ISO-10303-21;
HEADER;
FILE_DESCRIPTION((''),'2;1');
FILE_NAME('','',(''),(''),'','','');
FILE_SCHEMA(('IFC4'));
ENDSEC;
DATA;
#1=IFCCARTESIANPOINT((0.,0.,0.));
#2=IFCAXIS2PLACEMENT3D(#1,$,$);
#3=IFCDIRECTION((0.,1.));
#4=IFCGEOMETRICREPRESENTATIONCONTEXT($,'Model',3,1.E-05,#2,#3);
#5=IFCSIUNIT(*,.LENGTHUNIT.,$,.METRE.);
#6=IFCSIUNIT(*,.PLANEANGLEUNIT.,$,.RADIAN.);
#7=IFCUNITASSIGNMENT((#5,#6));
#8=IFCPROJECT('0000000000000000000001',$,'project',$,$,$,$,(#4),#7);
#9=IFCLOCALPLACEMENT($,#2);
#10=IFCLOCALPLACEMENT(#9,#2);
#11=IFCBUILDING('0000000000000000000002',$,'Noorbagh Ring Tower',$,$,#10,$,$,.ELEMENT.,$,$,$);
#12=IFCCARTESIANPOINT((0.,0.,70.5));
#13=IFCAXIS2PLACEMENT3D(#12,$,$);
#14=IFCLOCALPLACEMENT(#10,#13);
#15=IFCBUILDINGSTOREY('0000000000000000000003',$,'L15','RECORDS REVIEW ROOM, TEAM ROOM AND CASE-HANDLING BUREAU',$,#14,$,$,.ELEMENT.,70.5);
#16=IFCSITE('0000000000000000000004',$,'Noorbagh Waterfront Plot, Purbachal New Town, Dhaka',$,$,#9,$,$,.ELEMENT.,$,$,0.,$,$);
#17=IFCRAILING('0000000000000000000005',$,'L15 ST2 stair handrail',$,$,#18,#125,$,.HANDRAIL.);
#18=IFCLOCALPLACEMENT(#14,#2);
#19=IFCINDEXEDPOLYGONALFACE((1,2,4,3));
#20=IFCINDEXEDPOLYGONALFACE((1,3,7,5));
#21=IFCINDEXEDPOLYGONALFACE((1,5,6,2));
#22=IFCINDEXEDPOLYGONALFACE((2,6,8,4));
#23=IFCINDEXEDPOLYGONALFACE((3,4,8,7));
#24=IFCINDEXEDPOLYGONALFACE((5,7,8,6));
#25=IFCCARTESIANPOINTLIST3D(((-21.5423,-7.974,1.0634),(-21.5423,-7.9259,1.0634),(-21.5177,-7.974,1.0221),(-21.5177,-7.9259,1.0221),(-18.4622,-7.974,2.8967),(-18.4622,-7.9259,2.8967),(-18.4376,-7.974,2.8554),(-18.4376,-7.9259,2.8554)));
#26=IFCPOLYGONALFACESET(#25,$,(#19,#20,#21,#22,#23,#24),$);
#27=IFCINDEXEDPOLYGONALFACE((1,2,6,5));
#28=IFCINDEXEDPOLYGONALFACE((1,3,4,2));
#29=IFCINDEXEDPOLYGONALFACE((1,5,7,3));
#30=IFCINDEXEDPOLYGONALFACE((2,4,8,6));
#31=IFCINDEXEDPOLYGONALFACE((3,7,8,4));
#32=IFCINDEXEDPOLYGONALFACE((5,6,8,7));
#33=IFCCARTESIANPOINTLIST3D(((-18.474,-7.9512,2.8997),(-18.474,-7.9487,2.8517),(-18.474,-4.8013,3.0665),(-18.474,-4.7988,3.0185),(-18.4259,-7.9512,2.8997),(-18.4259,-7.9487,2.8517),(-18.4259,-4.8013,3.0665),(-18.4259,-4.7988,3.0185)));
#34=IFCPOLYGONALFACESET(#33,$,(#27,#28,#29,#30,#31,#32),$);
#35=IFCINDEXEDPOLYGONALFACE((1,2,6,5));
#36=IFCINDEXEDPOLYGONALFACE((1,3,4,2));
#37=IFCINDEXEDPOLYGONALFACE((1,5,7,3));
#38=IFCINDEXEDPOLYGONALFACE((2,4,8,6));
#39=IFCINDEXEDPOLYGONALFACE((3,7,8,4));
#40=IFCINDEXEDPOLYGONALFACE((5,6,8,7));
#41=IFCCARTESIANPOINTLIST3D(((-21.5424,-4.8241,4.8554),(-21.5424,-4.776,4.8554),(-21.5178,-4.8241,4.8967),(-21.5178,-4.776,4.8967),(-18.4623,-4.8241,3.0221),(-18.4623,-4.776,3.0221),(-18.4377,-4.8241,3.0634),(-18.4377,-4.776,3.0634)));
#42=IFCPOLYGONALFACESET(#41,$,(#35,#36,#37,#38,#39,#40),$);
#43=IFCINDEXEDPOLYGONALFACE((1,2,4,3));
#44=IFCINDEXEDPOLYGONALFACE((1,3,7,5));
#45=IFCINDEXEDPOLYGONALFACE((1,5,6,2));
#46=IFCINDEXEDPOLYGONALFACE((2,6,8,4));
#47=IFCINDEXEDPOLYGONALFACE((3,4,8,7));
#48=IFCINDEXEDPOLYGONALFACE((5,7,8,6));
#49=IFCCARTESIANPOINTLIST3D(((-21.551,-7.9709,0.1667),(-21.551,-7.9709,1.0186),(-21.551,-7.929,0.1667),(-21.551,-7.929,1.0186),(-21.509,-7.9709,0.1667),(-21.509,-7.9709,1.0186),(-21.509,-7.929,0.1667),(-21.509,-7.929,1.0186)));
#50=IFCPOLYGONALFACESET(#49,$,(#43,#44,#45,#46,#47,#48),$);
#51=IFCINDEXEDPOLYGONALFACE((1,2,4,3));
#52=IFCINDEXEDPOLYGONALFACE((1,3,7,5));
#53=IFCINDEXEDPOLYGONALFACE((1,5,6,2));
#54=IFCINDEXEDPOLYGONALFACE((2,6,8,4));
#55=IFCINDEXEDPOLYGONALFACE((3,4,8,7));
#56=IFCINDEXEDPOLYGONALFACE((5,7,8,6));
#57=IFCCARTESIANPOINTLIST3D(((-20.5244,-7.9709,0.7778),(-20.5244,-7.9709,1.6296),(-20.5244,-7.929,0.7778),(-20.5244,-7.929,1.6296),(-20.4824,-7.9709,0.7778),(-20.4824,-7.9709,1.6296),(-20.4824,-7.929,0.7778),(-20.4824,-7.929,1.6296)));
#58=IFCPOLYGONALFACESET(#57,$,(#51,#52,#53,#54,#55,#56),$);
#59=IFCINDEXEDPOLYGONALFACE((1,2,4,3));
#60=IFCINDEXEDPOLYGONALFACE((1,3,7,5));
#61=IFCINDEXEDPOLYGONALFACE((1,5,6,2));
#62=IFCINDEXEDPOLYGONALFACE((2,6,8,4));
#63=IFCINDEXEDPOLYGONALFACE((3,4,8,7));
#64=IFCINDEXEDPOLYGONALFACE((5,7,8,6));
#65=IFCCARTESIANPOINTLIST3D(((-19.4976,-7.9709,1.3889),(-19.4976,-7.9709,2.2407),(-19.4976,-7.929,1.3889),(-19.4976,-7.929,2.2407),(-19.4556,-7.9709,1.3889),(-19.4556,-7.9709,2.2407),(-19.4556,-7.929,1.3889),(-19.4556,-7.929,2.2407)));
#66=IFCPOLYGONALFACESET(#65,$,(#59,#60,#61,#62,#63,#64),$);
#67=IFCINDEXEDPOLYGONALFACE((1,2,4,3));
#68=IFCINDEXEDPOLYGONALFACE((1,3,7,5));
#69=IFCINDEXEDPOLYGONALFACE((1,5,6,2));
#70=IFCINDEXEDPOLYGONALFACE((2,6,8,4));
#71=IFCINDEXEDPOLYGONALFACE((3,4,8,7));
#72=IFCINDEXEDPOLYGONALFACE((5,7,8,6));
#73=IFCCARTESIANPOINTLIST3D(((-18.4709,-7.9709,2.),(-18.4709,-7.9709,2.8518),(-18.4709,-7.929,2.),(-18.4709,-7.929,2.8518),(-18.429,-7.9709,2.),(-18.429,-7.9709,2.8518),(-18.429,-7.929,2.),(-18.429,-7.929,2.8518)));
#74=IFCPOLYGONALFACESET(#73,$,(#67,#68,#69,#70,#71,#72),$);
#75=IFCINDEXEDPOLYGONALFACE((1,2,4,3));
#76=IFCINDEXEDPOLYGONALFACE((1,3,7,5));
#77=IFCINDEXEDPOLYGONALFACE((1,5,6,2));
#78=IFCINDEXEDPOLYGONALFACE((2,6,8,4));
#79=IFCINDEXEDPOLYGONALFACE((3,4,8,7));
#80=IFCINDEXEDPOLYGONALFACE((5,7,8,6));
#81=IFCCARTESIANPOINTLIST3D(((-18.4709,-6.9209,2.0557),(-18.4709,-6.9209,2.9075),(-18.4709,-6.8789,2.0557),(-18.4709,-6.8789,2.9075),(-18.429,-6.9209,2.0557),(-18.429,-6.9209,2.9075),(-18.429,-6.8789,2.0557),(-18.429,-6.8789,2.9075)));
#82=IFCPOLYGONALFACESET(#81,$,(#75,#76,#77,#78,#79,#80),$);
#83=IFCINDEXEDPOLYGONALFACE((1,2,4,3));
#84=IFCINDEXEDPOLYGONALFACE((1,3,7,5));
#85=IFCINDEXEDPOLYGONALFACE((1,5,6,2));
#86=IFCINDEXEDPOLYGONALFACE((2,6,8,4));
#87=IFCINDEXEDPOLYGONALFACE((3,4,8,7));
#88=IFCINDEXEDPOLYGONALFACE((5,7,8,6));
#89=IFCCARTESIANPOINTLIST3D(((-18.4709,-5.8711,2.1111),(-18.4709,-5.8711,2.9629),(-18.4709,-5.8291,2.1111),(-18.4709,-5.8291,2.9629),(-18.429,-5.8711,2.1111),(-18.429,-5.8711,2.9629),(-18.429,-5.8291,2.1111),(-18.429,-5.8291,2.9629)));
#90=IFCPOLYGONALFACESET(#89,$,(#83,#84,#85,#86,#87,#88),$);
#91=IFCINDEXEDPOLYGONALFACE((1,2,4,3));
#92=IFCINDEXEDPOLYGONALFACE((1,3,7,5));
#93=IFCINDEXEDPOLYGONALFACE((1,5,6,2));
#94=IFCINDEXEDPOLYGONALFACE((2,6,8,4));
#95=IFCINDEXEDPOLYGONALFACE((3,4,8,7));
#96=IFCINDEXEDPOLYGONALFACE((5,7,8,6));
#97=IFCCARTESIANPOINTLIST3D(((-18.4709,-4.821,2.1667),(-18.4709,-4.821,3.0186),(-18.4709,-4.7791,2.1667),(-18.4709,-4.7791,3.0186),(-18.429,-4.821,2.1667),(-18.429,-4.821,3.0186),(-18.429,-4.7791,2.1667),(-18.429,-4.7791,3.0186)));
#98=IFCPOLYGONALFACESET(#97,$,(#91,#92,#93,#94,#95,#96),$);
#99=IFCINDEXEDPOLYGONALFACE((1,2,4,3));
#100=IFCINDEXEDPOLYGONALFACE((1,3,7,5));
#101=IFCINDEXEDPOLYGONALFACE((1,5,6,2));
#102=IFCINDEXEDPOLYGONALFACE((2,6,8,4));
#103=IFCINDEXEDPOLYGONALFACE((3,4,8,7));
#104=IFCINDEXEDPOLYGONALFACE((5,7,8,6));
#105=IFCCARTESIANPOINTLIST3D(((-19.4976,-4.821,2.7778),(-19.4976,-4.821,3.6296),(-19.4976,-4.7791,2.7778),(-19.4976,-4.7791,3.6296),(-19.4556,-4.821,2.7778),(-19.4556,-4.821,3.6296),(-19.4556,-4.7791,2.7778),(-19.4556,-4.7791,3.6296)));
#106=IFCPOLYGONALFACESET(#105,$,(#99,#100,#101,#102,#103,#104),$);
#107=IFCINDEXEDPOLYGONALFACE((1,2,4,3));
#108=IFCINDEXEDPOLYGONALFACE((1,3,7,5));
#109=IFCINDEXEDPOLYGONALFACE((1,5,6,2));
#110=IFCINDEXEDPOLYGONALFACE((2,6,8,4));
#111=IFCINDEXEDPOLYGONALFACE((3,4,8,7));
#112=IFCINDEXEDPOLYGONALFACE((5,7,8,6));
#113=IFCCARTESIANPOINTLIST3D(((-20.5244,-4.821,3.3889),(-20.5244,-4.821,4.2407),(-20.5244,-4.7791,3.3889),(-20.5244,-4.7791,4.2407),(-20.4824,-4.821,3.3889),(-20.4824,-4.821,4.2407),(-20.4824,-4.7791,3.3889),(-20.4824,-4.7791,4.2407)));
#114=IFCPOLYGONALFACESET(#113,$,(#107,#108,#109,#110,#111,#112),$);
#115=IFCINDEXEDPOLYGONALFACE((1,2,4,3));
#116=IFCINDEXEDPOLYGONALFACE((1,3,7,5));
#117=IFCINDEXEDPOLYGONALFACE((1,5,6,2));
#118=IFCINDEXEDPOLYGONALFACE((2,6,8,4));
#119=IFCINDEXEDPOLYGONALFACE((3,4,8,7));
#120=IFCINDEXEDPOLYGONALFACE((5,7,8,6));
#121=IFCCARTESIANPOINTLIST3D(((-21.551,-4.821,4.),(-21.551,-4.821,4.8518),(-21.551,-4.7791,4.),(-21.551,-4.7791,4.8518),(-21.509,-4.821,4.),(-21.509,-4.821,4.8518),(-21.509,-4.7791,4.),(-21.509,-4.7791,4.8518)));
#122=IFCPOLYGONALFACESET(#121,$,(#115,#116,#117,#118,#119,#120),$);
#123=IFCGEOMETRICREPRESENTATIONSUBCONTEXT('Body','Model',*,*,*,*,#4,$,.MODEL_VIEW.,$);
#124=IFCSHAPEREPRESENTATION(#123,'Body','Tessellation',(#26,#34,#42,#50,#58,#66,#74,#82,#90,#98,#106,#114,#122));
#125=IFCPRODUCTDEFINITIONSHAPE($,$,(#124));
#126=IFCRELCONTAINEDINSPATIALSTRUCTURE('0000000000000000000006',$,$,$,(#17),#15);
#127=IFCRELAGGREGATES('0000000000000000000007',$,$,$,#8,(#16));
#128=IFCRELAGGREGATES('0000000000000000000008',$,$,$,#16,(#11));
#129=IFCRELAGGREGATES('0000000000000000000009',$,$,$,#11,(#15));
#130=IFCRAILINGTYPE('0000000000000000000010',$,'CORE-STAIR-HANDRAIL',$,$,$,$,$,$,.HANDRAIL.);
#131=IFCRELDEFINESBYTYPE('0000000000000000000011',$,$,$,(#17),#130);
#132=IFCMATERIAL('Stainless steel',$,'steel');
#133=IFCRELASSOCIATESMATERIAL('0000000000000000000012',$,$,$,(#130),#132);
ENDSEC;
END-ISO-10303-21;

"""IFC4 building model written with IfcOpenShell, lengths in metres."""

from ifc_helpers import new_model, si_unit, direction, frame, origin, origin_2d, place, context, subcontext, project, spatial, rectangle, extrude, material, type_object, element, save


model = new_model("IFC4")

# Units and contexts
model_context = context("Model", 3, precision=1e-05, world=origin(), true_north=direction((0.0, 1.0)))
body_context = subcontext(model_context, "Body", "Model", "MODEL_VIEW")
ifc_project = project(units=[si_unit("LENGTHUNIT", "METRE"), si_unit("PLANEANGLEUNIT", "RADIAN")], contexts=[model_context])

# Site, building, storey
site_placement = place(None, origin())
site = spatial("IfcSite", under=ifc_project, at=site_placement, Name="Noorbagh Waterfront Plot, Purbachal New Town, Dhaka", CompositionType="ELEMENT", RefElevation=0.0)
building_placement = place(site_placement, origin())
building = spatial("IfcBuilding", under=site, at=building_placement, Name="Noorbagh Ring Tower", CompositionType="ELEMENT")
storey_placement = place(building_placement, frame((0.0, 0.0, 70.5)))
storey = spatial("IfcBuildingStorey", under=building, at=storey_placement, Name="L15", Description="RECORDS REVIEW ROOM, TEAM ROOM AND CASE-HANDLING BUREAU", CompositionType="ELEMENT", Elevation=70.5)

# Railing
ifc_material_1 = material(Name="Stainless steel", Category="steel")
railing_type_1 = type_object("IfcRailingType", Name="CORE-STAIR-HANDRAIL", PredefinedType="HANDRAIL", material=ifc_material_1)
railing_1_placement = place(storey_placement, frame((-21.53, -7.95, 0.1667)))
element("IfcRailing", 1, at=railing_1_placement, inside=storey, type_object=railing_type_1, Name="L15 ST2 stair handrail", PredefinedType="HANDRAIL", context=body_context, shape_type="SweptSolid", body=[
    extrude(rectangle(XDim=0.0481, YDim=0.0481, at=origin_2d()), frame((0.0, 0.0, 0.876), z_axis=(0.859309, 0.0, 0.511458), x_axis=(0.0, 1.0, 0.0)), (0.0, 0.0, 1.0), 3.5845),
    extrude(rectangle(XDim=0.0481, YDim=0.0481, at=origin_2d()), frame((3.0801, 0.0, 2.709), z_axis=(0.0, 0.998602, 0.052864), x_axis=(-1.0, 0.0, 0.0)), (0.0, 0.0, 1.0), 3.1543),
    extrude(rectangle(XDim=0.0481, YDim=0.0481, at=origin_2d()), frame((3.0801, 3.1499, 2.876), z_axis=(-0.859309, 0.0, 0.511458), x_axis=(0.0, -1.0, 0.0)), (0.0, 0.0, 1.0), 3.5845),
    extrude(rectangle(XDim=0.042, YDim=0.042, at=origin_2d()), origin(), (0.0, 0.0, 1.0), 0.8518),
    extrude(rectangle(XDim=0.042, YDim=0.042, at=origin_2d()), frame((1.0266, 0.0, 0.6111)), (0.0, 0.0, 1.0), 0.8518),
    extrude(rectangle(XDim=0.042, YDim=0.042, at=origin_2d()), frame((2.0535, 0.0, 1.2222)), (0.0, 0.0, 1.0), 0.8518),
    extrude(rectangle(XDim=0.042, YDim=0.042, at=origin_2d()), frame((3.0801, 0.0, 1.8333)), (0.0, 0.0, 1.0), 0.8518),
    extrude(rectangle(XDim=0.042, YDim=0.042, at=origin_2d()), frame((3.0801, 1.05, 1.8889)), (0.0, 0.0, 1.0), 0.8518),
    extrude(rectangle(XDim=0.042, YDim=0.042, at=origin_2d()), frame((3.0801, 2.0999, 1.9443)), (0.0, 0.0, 1.0), 0.8518),
    extrude(rectangle(XDim=0.042, YDim=0.042, at=origin_2d()), frame((3.0801, 3.1499, 2.0)), (0.0, 0.0, 1.0), 0.8518),
    extrude(rectangle(XDim=0.042, YDim=0.042, at=origin_2d()), frame((2.0535, 3.1499, 2.6111)), (0.0, 0.0, 1.0), 0.8518),
    extrude(rectangle(XDim=0.042, YDim=0.042, at=origin_2d()), frame((1.0266, 3.1499, 3.2222)), (0.0, 0.0, 1.0), 0.8518),
    extrude(rectangle(XDim=0.042, YDim=0.042, at=origin_2d()), frame((0.0, 3.1499, 3.8333)), (0.0, 0.0, 1.0), 0.8518),
])

save(model, "model.ifc")
